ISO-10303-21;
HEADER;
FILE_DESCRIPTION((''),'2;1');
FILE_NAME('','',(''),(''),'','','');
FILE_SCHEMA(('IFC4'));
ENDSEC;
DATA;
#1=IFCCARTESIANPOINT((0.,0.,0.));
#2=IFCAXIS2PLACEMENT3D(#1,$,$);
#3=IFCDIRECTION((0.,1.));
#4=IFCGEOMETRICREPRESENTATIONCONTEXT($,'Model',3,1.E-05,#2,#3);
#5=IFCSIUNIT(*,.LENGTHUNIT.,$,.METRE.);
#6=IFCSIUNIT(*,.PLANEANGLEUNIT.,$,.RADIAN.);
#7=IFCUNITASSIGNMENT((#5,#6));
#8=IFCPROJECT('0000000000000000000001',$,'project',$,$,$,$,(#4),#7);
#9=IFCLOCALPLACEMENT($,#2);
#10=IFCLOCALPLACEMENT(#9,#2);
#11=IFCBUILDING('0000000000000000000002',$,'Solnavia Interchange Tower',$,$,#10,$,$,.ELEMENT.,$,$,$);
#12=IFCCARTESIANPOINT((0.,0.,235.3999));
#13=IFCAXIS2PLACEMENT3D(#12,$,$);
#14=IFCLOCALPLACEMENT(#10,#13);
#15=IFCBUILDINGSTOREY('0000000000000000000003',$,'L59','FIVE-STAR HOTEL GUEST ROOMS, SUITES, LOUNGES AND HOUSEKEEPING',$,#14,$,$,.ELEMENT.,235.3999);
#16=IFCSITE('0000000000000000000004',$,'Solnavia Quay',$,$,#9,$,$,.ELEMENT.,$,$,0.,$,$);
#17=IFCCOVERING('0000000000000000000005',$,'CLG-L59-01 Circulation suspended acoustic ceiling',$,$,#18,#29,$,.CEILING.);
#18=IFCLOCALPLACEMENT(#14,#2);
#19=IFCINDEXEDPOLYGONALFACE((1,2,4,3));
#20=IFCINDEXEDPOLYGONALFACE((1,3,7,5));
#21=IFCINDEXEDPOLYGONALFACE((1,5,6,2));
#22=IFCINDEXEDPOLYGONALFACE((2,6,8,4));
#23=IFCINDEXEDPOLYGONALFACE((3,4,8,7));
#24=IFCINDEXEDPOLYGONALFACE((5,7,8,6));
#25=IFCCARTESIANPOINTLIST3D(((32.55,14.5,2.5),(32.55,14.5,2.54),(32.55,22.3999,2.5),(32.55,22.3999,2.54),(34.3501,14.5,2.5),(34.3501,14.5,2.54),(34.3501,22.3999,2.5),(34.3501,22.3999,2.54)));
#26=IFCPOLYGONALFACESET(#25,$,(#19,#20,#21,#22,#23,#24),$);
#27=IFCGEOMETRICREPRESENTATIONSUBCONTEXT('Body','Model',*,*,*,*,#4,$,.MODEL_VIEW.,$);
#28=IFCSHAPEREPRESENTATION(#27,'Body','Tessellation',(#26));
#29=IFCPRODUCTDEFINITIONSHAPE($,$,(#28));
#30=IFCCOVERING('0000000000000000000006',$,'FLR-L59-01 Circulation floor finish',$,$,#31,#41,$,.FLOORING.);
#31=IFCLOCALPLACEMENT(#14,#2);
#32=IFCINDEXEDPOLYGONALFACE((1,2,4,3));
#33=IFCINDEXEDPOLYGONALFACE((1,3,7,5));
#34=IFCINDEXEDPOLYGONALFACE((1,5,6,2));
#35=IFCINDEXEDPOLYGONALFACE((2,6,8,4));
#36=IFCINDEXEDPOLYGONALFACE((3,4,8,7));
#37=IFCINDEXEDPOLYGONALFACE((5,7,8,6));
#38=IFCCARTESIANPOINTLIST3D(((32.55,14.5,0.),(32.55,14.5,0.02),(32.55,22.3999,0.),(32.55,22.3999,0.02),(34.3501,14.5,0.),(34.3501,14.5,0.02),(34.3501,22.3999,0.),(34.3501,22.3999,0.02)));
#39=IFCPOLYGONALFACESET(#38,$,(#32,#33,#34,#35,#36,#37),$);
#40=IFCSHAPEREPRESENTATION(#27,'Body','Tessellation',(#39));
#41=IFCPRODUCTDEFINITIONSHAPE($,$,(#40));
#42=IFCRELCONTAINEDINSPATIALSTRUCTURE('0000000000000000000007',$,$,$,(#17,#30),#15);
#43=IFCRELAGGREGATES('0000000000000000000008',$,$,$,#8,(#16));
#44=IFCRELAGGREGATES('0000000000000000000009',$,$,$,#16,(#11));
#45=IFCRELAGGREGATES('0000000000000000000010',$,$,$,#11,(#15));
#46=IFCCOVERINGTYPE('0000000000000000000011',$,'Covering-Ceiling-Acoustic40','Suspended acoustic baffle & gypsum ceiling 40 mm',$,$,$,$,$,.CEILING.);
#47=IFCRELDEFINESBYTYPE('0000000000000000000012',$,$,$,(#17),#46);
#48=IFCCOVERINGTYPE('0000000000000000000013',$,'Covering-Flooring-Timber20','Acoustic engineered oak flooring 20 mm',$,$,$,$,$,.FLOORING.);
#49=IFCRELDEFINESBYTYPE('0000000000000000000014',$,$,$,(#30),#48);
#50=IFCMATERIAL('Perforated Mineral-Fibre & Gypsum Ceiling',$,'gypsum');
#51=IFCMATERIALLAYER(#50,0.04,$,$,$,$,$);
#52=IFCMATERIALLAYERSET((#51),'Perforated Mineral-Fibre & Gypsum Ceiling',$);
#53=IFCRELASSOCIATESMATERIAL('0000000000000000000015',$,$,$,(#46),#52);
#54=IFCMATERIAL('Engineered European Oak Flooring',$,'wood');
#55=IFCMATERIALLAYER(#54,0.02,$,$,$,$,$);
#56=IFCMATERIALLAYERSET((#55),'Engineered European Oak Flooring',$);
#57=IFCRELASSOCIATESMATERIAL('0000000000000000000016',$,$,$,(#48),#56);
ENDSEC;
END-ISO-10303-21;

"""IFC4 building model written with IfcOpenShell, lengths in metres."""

from ifc_helpers import new_model, si_unit, direction, frame, origin, place, context, subcontext, project, spatial, polyline, outline, extrude, material, layer, layer_set, type_object, element, save


model = new_model("IFC4")

# Units and contexts
model_context = context("Model", 3, precision=1e-05, world=origin(), true_north=direction((0.0, 1.0)))
body_context = subcontext(model_context, "Body", "Model", "MODEL_VIEW")
ifc_project = project(units=[si_unit("LENGTHUNIT", "METRE"), si_unit("PLANEANGLEUNIT", "RADIAN")], contexts=[model_context])

# Site, building, storey
site_placement = place(None, origin())
site = spatial("IfcSite", under=ifc_project, at=site_placement, Name="Solnavia Quay", CompositionType="ELEMENT", RefElevation=0.0)
building_placement = place(site_placement, origin())
building = spatial("IfcBuilding", under=site, at=building_placement, Name="Solnavia Interchange Tower", CompositionType="ELEMENT")
storey_placement = place(building_placement, frame((0.0, 0.0, 235.3999)))
storey = spatial("IfcBuildingStorey", under=building, at=storey_placement, Name="L59", Description="FIVE-STAR HOTEL GUEST ROOMS, SUITES, LOUNGES AND HOUSEKEEPING", CompositionType="ELEMENT", Elevation=235.3999)

# Coverings
ifc_material_1 = material(Name="Perforated Mineral-Fibre & Gypsum Ceiling", Category="gypsum")
ifc_layer_1 = layer(ifc_material_1, 0.04)
ifc_layer_set_1 = layer_set([ifc_layer_1], Name="Perforated Mineral-Fibre & Gypsum Ceiling")
covering_type_1 = type_object("IfcCoveringType", Name="Covering-Ceiling-Acoustic40", Description="Suspended acoustic baffle & gypsum ceiling 40 mm", PredefinedType="CEILING", material=ifc_layer_set_1)
covering_1_placement = place(storey_placement, frame((0.0, 0.0, 2.5)))
element("IfcCovering", 1, at=covering_1_placement, inside=storey, type_object=covering_type_1, Name="CLG-L59-01 Circulation suspended acoustic ceiling", PredefinedType="CEILING", context=body_context, shape_type="SweptSolid", body=[
    extrude(outline(polyline([(32.55, 14.5), (34.3501, 14.5), (34.3501, 22.3999), (32.55, 22.3999), (32.55, 14.5)])), origin(), (0.0, 0.0, 1.0), 0.04),
])
ifc_material_2 = material(Name="Engineered European Oak Flooring", Category="wood")
ifc_layer_2 = layer(ifc_material_2, 0.02)
ifc_layer_set_2 = layer_set([ifc_layer_2], Name="Engineered European Oak Flooring")
covering_type_2 = type_object("IfcCoveringType", Name="Covering-Flooring-Timber20", Description="Acoustic engineered oak flooring 20 mm", PredefinedType="FLOORING", material=ifc_layer_set_2)
covering_2_placement = place(storey_placement, origin())
element("IfcCovering", 2, at=covering_2_placement, inside=storey, type_object=covering_type_2, Name="FLR-L59-01 Circulation floor finish", PredefinedType="FLOORING", context=body_context, shape_type="SweptSolid", body=[
    extrude(outline(polyline([(32.55, 14.5), (34.3501, 14.5), (34.3501, 22.3999), (32.55, 22.3999), (32.55, 14.5)])), origin(), (0.0, 0.0, 1.0), 0.02),
])

save(model, "model.ifc")
